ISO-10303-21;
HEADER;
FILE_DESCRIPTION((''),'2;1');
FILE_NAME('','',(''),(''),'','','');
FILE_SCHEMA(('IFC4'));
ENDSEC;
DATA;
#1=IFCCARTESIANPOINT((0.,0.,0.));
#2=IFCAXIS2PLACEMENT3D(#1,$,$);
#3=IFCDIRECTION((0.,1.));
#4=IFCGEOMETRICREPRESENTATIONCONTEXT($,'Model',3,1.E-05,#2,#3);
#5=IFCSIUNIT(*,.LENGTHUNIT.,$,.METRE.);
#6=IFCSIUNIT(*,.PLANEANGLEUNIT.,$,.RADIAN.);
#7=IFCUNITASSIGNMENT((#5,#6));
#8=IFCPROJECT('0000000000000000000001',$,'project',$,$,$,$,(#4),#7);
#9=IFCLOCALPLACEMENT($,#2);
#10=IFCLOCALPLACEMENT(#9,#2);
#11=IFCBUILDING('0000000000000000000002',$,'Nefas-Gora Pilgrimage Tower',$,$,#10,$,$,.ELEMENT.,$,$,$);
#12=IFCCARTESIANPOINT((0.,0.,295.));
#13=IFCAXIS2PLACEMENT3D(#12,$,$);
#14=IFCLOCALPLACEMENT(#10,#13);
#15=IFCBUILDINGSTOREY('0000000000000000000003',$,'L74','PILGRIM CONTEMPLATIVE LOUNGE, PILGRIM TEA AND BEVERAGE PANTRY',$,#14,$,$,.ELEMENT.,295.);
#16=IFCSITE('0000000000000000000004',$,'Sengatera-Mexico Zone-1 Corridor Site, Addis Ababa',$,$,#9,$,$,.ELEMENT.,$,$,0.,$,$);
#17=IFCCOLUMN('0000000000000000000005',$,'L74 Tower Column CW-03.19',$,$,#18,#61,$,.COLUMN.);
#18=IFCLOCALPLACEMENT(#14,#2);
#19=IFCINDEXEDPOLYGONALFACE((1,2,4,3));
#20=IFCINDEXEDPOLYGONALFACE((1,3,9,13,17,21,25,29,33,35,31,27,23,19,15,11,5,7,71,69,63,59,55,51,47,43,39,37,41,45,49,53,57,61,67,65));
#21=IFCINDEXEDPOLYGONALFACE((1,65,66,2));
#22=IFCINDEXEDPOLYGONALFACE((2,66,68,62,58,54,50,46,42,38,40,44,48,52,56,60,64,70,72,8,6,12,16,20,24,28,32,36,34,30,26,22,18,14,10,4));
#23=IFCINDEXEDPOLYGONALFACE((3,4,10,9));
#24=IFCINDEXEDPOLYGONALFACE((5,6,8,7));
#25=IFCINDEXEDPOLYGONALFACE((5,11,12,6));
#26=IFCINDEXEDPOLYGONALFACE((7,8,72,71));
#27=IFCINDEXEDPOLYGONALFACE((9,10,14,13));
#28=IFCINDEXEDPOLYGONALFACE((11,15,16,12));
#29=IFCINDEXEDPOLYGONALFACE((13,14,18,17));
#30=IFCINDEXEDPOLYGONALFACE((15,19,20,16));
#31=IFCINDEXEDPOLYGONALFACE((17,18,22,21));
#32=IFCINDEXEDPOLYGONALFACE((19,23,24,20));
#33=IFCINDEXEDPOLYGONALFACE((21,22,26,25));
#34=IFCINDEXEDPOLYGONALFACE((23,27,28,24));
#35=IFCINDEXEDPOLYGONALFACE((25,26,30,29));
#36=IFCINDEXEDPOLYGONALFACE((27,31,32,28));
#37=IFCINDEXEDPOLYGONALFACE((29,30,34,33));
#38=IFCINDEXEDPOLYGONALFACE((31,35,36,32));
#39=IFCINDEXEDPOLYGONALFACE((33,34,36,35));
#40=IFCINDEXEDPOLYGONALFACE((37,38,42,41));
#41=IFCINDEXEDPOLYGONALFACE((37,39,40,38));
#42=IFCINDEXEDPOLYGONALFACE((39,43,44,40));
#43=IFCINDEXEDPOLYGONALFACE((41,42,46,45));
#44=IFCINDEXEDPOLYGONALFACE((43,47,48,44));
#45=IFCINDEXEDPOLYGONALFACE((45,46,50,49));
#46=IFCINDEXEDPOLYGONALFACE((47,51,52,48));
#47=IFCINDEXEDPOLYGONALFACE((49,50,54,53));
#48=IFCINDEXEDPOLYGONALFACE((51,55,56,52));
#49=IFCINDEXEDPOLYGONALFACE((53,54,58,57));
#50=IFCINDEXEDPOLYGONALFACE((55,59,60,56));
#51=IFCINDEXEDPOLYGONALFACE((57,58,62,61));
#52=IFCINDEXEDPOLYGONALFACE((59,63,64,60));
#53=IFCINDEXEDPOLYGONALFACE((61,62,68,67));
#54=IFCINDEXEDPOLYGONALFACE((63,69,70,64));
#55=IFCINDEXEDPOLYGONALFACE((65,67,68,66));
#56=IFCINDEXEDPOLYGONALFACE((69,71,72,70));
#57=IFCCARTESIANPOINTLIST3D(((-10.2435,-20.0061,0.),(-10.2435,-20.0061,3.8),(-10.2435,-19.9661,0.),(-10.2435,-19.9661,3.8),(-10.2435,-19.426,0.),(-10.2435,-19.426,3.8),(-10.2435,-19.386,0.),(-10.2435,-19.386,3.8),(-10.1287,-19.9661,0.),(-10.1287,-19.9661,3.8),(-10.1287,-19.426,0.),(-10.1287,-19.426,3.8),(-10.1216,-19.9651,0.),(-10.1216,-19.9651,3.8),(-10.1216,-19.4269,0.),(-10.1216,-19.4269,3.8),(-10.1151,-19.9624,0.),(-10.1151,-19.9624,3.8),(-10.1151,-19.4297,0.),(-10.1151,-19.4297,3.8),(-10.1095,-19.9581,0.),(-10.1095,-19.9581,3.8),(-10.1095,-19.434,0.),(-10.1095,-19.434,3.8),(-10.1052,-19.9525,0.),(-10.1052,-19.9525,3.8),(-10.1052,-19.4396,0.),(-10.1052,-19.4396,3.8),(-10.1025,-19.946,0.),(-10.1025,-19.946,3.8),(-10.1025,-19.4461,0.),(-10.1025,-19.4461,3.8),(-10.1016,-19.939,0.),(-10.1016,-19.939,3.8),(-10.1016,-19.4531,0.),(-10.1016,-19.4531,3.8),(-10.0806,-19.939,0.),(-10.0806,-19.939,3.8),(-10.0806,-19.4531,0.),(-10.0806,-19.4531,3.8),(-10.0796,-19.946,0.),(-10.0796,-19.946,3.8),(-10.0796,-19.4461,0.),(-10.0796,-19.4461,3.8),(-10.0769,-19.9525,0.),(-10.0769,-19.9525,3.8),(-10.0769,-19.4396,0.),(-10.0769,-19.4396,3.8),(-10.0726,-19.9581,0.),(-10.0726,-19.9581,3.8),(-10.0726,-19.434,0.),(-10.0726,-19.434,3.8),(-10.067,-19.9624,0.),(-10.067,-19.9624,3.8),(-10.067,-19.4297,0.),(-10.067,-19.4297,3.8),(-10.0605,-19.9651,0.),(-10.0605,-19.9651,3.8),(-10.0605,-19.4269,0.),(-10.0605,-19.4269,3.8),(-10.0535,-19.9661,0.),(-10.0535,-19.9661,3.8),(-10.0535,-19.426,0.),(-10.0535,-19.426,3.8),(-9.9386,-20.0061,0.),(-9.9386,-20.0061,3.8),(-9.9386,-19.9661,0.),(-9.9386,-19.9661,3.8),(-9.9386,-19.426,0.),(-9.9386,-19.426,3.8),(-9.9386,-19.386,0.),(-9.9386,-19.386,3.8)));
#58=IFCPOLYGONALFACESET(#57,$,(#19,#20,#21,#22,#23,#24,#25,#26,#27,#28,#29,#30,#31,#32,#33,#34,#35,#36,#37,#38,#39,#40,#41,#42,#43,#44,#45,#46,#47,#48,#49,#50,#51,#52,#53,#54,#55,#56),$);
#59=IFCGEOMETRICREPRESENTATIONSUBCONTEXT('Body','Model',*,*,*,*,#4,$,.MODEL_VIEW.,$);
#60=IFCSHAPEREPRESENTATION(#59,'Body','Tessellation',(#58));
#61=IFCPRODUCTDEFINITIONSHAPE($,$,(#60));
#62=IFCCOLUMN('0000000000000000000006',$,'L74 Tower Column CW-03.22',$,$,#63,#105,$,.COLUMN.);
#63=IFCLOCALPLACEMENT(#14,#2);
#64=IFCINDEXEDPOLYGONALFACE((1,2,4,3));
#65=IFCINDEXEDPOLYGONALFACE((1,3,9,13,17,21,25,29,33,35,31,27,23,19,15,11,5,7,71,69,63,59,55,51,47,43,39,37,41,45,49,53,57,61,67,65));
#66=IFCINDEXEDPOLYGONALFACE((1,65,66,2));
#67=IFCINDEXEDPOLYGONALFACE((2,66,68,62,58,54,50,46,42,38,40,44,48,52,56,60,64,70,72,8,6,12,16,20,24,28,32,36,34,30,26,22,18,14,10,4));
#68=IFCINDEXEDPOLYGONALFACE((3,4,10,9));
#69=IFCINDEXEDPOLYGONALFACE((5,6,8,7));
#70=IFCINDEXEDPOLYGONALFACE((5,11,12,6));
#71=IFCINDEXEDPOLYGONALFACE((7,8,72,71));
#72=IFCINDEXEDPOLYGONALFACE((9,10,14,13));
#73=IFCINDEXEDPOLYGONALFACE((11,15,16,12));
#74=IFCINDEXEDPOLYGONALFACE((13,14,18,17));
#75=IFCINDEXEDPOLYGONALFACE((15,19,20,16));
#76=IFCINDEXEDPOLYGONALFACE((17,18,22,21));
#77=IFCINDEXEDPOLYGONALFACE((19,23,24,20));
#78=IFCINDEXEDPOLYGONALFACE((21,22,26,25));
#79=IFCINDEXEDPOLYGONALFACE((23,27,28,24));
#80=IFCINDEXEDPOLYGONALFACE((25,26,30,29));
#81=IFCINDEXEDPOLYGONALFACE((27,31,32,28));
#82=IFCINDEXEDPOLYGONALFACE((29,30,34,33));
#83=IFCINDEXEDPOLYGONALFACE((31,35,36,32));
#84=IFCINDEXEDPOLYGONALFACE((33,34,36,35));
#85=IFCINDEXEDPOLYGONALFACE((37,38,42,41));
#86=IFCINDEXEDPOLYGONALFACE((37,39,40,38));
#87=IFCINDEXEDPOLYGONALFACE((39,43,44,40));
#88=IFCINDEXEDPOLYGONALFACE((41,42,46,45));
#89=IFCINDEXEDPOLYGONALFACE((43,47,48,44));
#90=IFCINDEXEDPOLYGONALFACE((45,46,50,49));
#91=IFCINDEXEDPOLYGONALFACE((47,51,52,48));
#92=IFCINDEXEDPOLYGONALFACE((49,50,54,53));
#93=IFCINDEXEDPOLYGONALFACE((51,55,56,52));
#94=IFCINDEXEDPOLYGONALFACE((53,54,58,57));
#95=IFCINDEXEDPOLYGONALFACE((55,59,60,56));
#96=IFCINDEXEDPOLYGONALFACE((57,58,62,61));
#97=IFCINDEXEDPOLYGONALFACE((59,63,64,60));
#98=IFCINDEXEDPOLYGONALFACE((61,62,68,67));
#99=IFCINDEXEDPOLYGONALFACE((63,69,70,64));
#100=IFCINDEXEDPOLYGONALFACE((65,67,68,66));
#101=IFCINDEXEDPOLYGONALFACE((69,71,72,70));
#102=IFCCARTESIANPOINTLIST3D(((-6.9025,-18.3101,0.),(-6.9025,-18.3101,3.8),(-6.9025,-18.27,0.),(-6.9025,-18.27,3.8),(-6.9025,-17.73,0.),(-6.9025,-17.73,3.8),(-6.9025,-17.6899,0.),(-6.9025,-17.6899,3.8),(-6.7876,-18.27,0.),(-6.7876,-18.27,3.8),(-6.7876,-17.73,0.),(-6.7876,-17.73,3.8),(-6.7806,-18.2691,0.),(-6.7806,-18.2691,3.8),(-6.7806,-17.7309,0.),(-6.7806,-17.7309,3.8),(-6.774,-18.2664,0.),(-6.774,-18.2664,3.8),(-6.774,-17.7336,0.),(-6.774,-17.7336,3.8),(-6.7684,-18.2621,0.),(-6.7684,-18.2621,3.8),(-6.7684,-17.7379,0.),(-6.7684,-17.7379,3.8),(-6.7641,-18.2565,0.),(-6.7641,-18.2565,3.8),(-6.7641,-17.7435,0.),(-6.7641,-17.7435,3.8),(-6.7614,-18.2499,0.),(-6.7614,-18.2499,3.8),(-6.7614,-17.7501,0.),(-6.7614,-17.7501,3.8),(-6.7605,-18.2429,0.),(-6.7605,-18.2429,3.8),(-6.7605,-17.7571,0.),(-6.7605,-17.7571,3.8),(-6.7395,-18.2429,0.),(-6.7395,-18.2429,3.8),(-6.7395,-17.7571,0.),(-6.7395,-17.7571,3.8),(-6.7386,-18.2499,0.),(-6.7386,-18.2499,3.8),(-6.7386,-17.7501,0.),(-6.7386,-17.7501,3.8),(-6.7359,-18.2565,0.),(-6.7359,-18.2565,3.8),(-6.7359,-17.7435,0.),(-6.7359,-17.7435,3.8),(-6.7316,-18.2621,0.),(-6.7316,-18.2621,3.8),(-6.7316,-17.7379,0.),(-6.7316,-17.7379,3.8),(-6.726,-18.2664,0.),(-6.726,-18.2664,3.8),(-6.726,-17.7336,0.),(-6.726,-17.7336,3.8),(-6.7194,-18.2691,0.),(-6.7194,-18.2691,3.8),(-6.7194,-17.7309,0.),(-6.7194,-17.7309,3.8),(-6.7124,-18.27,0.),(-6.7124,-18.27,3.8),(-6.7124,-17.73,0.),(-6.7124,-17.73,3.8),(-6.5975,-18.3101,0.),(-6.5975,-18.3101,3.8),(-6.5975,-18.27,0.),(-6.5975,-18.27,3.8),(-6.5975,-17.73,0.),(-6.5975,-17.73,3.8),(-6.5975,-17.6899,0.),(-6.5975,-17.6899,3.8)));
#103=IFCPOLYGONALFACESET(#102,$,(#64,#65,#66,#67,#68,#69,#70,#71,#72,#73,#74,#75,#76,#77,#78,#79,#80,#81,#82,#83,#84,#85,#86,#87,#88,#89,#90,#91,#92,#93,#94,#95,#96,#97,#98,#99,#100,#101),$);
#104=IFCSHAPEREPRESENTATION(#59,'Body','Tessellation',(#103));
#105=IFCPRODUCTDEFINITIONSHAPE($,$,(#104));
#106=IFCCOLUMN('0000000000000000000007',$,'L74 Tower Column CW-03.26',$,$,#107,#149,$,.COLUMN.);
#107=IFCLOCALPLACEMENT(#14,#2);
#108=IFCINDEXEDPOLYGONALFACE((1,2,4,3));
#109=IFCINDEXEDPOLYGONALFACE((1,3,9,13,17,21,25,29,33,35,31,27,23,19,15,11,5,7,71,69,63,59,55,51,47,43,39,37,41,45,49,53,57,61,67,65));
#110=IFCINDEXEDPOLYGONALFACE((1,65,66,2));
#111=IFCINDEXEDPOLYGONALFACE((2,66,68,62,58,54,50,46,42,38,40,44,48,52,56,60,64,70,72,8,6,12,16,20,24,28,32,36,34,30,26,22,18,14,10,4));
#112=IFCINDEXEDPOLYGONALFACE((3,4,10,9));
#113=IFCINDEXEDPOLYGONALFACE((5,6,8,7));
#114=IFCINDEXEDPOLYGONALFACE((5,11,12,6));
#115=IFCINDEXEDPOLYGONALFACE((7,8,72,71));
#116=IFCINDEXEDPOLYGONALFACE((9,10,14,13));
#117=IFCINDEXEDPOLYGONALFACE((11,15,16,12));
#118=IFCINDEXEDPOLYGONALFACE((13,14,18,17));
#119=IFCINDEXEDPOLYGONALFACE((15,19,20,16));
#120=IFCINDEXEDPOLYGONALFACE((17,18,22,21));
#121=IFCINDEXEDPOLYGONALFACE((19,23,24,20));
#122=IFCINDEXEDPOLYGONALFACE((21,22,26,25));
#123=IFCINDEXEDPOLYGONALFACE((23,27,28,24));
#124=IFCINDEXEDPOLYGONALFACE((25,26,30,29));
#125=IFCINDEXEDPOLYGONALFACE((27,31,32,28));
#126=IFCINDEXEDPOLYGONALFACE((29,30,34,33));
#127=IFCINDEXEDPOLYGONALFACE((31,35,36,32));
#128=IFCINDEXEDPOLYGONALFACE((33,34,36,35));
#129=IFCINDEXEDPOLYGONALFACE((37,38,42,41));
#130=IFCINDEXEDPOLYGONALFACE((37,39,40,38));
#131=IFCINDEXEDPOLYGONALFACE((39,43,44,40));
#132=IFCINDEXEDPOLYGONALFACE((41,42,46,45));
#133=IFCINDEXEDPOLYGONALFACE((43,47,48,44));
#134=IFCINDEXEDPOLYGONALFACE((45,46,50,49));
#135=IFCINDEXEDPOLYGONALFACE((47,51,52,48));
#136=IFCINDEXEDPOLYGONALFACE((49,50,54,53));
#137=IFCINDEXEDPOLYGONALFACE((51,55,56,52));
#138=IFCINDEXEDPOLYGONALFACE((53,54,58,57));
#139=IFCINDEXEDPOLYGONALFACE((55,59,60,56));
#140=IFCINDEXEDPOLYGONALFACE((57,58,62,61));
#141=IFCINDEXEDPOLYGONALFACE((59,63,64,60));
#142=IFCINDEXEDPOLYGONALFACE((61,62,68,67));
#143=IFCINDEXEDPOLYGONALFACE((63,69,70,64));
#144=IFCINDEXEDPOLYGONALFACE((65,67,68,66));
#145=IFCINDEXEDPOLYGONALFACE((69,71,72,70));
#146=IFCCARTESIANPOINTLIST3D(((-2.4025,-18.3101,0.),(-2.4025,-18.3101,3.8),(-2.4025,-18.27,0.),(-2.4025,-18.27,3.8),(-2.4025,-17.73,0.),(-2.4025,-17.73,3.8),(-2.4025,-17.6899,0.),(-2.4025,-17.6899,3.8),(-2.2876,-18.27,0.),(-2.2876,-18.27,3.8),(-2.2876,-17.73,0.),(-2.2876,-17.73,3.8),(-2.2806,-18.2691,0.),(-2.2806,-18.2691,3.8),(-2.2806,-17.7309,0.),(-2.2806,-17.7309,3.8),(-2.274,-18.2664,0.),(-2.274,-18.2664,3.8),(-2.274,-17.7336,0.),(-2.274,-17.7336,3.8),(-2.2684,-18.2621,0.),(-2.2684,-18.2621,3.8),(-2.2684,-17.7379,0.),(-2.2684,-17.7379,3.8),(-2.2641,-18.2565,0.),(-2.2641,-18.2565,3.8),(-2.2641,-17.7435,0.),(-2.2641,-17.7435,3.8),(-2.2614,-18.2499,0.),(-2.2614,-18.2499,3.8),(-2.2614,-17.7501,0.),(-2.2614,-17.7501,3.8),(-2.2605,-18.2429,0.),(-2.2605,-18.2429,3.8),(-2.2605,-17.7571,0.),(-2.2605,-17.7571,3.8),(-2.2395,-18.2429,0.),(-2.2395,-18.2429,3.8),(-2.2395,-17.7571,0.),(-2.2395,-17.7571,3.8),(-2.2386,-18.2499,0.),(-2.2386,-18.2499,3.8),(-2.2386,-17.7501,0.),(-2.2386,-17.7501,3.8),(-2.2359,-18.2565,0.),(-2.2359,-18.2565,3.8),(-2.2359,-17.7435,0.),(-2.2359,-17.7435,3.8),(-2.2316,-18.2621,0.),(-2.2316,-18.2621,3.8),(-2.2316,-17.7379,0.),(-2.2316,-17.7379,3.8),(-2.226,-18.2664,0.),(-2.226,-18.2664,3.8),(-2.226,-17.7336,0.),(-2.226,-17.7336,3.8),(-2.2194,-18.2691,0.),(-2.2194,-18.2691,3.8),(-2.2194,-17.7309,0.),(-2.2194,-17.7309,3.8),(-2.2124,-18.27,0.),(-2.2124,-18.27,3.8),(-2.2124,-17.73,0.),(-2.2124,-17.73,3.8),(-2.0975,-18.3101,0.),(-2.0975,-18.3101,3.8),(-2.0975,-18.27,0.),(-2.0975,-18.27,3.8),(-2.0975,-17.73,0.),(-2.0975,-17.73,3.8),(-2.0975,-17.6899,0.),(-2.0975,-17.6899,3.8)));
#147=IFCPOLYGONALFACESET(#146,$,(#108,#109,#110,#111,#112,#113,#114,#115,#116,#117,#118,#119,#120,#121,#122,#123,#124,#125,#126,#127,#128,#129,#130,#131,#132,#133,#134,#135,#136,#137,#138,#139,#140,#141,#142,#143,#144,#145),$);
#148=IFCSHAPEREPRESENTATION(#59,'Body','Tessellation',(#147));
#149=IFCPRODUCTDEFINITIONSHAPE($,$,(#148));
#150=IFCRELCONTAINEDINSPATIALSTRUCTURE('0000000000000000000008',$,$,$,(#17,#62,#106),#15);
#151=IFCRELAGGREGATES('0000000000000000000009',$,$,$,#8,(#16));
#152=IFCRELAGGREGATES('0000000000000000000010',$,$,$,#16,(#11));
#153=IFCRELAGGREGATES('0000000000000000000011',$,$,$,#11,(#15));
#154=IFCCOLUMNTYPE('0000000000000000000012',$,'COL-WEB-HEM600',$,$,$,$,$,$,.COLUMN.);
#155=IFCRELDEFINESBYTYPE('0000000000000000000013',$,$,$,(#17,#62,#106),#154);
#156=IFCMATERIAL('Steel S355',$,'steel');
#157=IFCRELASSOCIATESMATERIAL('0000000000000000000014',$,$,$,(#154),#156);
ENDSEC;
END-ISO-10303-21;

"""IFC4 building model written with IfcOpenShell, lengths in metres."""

from ifc_helpers import new_model, si_unit, direction, frame, origin, origin_2d, place, context, subcontext, project, spatial, i_section, extrude, source, transform, mapped, material, material_profile, profile_set, type_object, element, save


model = new_model("IFC4")

# Units and contexts
model_context = context("Model", 3, precision=1e-05, world=origin(), true_north=direction((0.0, 1.0)))
body_context = subcontext(model_context, "Body", "Model", "MODEL_VIEW")
ifc_project = project(units=[si_unit("LENGTHUNIT", "METRE"), si_unit("PLANEANGLEUNIT", "RADIAN")], contexts=[model_context])

# Site, building, storey
site_placement = place(None, origin())
site = spatial("IfcSite", under=ifc_project, at=site_placement, Name="Sengatera-Mexico Zone-1 Corridor Site, Addis Ababa", CompositionType="ELEMENT", RefElevation=0.0)
building_placement = place(site_placement, origin())
building = spatial("IfcBuilding", under=site, at=building_placement, Name="Nefas-Gora Pilgrimage Tower", CompositionType="ELEMENT")
storey_placement = place(building_placement, frame((0.0, 0.0, 295.0)))
storey = spatial("IfcBuildingStorey", under=building, at=storey_placement, Name="L74", Description="PILGRIM CONTEMPLATIVE LOUNGE, PILGRIM TEA AND BEVERAGE PANTRY", CompositionType="ELEMENT", Elevation=295.0)

# Columns
ifc_material_1 = material(Name="Steel S355", Category="steel")
ifc_material_profile_1 = material_profile(ifc_material_1, i_section(OverallWidth=0.3049, OverallDepth=0.6201, WebThickness=0.021, FlangeThickness=0.04, FilletRadius=0.0271, at=origin_2d()), Name="HEM 600")
ifc_profile_set_1 = profile_set([ifc_material_profile_1], Name="Steel S355")
column_type_1 = type_object("IfcColumnType", Name="COL-WEB-HEM600", PredefinedType="COLUMN", material=ifc_profile_set_1)
shared_shape_1 = source(origin(), body_context, "Body", "SweptSolid", [
    extrude(i_section(OverallWidth=0.3049, OverallDepth=0.6201, WebThickness=0.021, FlangeThickness=0.04, FilletRadius=0.0271, at=origin_2d()), origin(), (0.0, 0.0, 1.0), 3.8),
])
for number, where, z_axis, x_axis, name in (
    (1, (-10.0911, -19.696, 0.0), (0.0, 0.0, 1.0), (1.0, 0.0, 0.0), "L74 Tower Column CW-03.19"),
    (2, (-6.75, -18.0, 0.0), (0.0, 0.0, 1.0), (1.0, 0.0, 0.0), "L74 Tower Column CW-03.22"),
    (3, (-2.25, -18.0, 0.0), (0.0, 0.0, 1.0), (1.0, 0.0, 0.0), "L74 Tower Column CW-03.26"),
):
    element("IfcColumn", number, at=place(storey_placement, frame(where, z_axis=z_axis, x_axis=x_axis)), inside=storey, type_object=column_type_1, Name=name, PredefinedType="COLUMN", context=body_context, shape_type="MappedRepresentation", body=[
        mapped(shared_shape_1, transform((0.0, 0.0, 0.0), x_axis=(1.0, 0.0, 0.0), y_axis=(0.0, 1.0, 0.0), z_axis=(0.0, 0.0, 1.0), scale=1.0)),
    ])

save(model, "model.ifc")
